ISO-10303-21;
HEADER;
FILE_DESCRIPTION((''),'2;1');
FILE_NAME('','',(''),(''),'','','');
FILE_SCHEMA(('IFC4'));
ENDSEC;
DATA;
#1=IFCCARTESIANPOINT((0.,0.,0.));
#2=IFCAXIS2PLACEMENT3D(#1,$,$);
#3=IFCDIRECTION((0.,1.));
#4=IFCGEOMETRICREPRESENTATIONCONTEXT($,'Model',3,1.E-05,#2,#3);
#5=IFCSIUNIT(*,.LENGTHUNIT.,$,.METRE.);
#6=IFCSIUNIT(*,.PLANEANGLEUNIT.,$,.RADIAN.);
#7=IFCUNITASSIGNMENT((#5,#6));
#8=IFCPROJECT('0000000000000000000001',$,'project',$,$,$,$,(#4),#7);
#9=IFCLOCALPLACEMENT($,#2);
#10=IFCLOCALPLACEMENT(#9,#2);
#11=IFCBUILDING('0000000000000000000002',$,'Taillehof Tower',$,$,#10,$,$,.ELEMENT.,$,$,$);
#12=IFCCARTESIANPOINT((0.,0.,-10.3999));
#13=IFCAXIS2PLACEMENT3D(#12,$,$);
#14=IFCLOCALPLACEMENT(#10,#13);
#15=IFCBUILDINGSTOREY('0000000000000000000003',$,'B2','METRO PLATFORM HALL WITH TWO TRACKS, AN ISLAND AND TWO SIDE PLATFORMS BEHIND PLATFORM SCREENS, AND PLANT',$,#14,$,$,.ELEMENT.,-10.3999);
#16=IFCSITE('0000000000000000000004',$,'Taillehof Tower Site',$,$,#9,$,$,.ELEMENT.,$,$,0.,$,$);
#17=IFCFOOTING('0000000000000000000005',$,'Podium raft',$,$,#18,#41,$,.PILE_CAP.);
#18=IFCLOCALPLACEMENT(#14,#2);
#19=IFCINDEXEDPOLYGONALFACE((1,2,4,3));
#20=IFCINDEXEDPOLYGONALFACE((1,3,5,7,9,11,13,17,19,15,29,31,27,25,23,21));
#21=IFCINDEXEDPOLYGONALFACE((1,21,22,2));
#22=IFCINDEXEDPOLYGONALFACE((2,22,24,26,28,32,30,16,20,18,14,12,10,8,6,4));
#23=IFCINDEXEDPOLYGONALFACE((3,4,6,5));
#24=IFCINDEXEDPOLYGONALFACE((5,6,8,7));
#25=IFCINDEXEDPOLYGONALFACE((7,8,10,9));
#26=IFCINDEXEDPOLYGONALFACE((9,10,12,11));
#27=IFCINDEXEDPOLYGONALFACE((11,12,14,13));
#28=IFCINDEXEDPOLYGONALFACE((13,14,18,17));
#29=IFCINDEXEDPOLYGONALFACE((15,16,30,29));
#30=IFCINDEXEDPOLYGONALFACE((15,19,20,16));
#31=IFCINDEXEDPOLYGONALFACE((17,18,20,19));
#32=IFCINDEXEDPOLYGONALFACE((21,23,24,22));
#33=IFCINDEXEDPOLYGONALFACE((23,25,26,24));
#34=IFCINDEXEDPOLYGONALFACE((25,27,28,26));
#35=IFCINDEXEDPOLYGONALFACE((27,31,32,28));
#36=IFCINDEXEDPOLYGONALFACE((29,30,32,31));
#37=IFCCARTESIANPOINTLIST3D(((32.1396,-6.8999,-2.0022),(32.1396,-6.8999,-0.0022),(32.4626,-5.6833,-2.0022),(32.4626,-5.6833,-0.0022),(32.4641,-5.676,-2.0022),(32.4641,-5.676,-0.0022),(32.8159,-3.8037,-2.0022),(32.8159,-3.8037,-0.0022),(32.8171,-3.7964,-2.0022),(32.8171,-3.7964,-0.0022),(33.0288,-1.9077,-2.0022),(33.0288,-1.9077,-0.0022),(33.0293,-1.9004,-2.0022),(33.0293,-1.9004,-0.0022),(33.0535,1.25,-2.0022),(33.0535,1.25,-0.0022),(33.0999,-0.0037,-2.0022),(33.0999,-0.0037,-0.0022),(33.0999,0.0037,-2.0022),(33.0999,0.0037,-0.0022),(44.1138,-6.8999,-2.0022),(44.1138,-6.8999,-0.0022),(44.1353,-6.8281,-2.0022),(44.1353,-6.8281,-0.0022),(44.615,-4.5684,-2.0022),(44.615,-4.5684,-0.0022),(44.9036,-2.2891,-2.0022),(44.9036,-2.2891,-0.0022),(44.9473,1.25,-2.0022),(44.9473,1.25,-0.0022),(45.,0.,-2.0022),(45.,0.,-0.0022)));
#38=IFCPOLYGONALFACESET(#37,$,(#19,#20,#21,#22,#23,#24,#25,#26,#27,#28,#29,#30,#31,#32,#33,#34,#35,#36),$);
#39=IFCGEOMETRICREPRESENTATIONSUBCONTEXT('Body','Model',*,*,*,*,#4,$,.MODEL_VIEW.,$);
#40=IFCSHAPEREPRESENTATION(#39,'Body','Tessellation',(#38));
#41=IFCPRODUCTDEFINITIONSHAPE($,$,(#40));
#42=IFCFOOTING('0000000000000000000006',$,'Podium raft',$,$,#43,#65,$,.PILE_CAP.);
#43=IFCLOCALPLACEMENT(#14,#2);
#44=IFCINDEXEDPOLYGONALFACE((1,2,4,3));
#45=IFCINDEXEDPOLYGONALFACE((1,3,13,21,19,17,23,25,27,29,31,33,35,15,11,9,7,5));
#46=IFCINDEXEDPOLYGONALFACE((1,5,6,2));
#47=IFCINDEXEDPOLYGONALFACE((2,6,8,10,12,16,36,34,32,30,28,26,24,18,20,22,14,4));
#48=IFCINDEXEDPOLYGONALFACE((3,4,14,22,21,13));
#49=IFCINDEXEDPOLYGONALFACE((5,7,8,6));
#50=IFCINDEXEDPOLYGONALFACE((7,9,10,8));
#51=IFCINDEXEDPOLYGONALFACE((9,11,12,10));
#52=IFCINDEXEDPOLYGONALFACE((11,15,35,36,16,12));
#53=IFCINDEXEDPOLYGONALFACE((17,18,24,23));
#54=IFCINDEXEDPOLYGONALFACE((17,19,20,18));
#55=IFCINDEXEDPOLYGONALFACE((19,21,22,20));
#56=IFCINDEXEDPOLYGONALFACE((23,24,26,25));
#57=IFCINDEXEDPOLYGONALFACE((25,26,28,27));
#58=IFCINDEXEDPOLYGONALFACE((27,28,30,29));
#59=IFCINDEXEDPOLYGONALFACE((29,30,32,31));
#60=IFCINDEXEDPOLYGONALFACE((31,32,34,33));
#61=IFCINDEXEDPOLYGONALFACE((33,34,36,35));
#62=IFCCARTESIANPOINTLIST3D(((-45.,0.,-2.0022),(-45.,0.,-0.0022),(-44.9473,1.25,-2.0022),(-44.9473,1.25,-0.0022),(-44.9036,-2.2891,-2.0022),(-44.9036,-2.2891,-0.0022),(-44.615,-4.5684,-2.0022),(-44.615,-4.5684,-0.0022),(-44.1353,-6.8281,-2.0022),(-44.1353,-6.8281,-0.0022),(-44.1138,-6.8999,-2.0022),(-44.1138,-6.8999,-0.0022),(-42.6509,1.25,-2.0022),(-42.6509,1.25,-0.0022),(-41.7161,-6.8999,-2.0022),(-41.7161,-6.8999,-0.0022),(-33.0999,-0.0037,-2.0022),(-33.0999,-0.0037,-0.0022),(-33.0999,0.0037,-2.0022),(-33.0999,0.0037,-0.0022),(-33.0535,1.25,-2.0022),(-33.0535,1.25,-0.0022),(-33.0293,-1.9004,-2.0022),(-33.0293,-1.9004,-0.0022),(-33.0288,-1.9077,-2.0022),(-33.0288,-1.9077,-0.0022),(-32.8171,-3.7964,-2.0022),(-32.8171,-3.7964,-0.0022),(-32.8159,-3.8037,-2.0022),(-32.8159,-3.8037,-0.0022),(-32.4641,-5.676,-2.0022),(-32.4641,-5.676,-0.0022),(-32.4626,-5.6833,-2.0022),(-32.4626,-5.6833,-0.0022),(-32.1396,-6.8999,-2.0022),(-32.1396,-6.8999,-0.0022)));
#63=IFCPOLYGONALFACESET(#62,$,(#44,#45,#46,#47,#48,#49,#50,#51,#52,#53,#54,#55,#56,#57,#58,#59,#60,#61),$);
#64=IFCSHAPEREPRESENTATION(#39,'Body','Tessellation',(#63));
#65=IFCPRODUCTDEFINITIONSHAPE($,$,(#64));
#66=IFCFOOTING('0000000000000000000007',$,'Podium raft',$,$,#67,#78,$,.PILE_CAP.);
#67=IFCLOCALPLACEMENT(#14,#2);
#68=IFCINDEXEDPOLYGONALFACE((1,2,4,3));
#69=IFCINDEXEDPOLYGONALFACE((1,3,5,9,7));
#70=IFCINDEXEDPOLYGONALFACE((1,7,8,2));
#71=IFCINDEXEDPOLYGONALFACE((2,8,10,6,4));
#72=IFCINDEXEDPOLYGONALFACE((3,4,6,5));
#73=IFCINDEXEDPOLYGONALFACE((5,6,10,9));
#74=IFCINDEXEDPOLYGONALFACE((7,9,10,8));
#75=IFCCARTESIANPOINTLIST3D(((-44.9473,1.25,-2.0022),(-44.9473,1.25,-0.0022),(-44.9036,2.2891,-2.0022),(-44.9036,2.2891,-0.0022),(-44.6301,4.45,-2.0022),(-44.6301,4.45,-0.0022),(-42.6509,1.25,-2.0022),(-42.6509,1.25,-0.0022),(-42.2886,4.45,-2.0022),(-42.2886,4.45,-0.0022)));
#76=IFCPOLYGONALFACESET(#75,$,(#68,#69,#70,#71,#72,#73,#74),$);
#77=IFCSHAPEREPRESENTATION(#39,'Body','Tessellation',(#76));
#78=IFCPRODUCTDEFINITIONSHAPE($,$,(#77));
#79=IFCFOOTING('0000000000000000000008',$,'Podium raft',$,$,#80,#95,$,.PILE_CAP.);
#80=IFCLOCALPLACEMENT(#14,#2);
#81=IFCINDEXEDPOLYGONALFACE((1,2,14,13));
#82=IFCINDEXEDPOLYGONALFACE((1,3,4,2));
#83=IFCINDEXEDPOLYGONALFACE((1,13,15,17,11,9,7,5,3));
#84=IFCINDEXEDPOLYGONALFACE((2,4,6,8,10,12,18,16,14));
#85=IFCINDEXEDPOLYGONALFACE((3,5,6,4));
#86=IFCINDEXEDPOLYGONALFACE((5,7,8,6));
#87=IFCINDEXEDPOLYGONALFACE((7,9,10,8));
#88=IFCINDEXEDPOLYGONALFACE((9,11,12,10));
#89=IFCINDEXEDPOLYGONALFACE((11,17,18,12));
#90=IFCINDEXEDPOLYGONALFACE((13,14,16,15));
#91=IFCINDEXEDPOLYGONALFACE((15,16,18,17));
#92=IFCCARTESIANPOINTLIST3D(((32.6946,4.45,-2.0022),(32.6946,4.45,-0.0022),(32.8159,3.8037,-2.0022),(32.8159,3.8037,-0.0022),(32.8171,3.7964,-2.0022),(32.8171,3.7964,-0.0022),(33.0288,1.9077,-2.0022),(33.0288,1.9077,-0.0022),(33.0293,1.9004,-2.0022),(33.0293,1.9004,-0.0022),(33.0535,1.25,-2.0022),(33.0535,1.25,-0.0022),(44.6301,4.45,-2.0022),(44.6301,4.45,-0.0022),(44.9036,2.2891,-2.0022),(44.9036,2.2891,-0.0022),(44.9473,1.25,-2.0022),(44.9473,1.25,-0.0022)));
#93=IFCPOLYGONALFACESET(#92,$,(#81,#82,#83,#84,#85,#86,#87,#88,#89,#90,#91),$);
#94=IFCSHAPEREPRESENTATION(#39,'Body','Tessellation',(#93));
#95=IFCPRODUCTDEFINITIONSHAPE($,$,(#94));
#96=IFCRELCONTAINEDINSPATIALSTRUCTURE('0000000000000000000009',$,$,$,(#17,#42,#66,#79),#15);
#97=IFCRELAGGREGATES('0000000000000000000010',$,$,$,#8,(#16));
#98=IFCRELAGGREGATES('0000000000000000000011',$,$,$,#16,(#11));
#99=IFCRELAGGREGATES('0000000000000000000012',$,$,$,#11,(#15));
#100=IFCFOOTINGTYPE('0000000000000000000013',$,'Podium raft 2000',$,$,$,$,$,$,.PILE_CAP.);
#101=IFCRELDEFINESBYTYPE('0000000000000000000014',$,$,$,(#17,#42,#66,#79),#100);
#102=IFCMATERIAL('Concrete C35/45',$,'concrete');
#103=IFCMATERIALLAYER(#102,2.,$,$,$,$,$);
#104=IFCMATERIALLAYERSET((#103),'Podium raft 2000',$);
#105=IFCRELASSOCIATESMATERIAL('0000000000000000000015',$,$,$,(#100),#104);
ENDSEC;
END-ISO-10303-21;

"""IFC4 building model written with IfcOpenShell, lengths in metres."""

from ifc_helpers import new_model, si_unit, direction, frame, origin, place, context, subcontext, project, spatial, polyline, outline, extrude, material, layer, layer_set, type_object, element, save


model = new_model("IFC4")

# Units and contexts
model_context = context("Model", 3, precision=1e-05, world=origin(), true_north=direction((0.0, 1.0)))
body_context = subcontext(model_context, "Body", "Model", "MODEL_VIEW")
ifc_project = project(units=[si_unit("LENGTHUNIT", "METRE"), si_unit("PLANEANGLEUNIT", "RADIAN")], contexts=[model_context])

# Site, building, storey
site_placement = place(None, origin())
site = spatial("IfcSite", under=ifc_project, at=site_placement, Name="Taillehof Tower Site", CompositionType="ELEMENT", RefElevation=0.0)
building_placement = place(site_placement, origin())
building = spatial("IfcBuilding", under=site, at=building_placement, Name="Taillehof Tower", CompositionType="ELEMENT")
storey_placement = place(building_placement, frame((0.0, 0.0, -10.3999)))
storey = spatial("IfcBuildingStorey", under=building, at=storey_placement, Name="B2", Description="METRO PLATFORM HALL WITH TWO TRACKS, AN ISLAND AND TWO SIDE PLATFORMS BEHIND PLATFORM SCREENS, AND PLANT", CompositionType="ELEMENT", Elevation=-10.3999)

# Footings
ifc_material_1 = material(Name="Concrete C35/45", Category="concrete")
ifc_layer_1 = layer(ifc_material_1, 2.0)
ifc_layer_set_1 = layer_set([ifc_layer_1], Name="Podium raft 2000")
footing_type_1 = type_object("IfcFootingType", Name="Podium raft 2000", PredefinedType="PILE_CAP", material=ifc_layer_set_1)
footing_1_placement = place(storey_placement, frame((0.0, 0.0, -2.0022)))
element("IfcFooting", 1, at=footing_1_placement, inside=storey, type_object=footing_type_1, Name="Podium raft", PredefinedType="PILE_CAP", context=body_context, shape_type="SweptSolid", body=[
    extrude(outline(polyline([(44.1353, -6.8281), (44.1138, -6.8999), (32.1396, -6.8999), (32.4626, -5.6833), (32.4641, -5.676), (32.8159, -3.8037), (32.8171, -3.7964), (33.0288, -1.9077), (33.0293, -1.9004), (33.0999, -0.0037), (33.0999, 0.0037), (33.0535, 1.25), (44.9473, 1.25), (45.0, 0.0), (44.9036, -2.2891), (44.615, -4.5684), (44.1353, -6.8281)])), origin(), (0.0, 0.0, 1.0), 2.0),
])
footing_2_placement = place(storey_placement, frame((0.0, 0.0, -2.0022)))
element("IfcFooting", 2, at=footing_2_placement, inside=storey, type_object=footing_type_1, Name="Podium raft", PredefinedType="PILE_CAP", context=body_context, shape_type="SweptSolid", body=[
    extrude(outline(polyline([(-44.1353, -6.8281), (-44.615, -4.5684), (-44.9036, -2.2891), (-45.0, 0.0), (-44.9473, 1.25), (-42.6509, 1.25), (-33.0535, 1.25), (-33.0999, 0.0037), (-33.0999, -0.0037), (-33.0293, -1.9004), (-33.0288, -1.9077), (-32.8171, -3.7964), (-32.8159, -3.8037), (-32.4641, -5.676), (-32.4626, -5.6833), (-32.1396, -6.8999), (-41.7161, -6.8999), (-44.1138, -6.8999), (-44.1353, -6.8281)])), origin(), (0.0, 0.0, 1.0), 2.0),
])
footing_3_placement = place(storey_placement, frame((0.0, 0.0, -2.0022)))
element("IfcFooting", 3, at=footing_3_placement, inside=storey, type_object=footing_type_1, Name="Podium raft", PredefinedType="PILE_CAP", context=body_context, shape_type="SweptSolid", body=[
    extrude(outline(polyline([(-44.9036, 2.2891), (-44.6301, 4.45), (-42.2886, 4.45), (-42.6509, 1.25), (-44.9473, 1.25), (-44.9036, 2.2891)])), origin(), (0.0, 0.0, 1.0), 2.0),
])
footing_4_placement = place(storey_placement, frame((0.0, 0.0, -2.0022)))
element("IfcFooting", 4, at=footing_4_placement, inside=storey, type_object=footing_type_1, Name="Podium raft", PredefinedType="PILE_CAP", context=body_context, shape_type="SweptSolid", body=[
    extrude(outline(polyline([(44.9036, 2.2891), (44.9473, 1.25), (33.0535, 1.25), (33.0293, 1.9004), (33.0288, 1.9077), (32.8171, 3.7964), (32.8159, 3.8037), (32.6946, 4.45), (44.6301, 4.45), (44.9036, 2.2891)])), origin(), (0.0, 0.0, 1.0), 2.0),
])

save(model, "model.ifc")
